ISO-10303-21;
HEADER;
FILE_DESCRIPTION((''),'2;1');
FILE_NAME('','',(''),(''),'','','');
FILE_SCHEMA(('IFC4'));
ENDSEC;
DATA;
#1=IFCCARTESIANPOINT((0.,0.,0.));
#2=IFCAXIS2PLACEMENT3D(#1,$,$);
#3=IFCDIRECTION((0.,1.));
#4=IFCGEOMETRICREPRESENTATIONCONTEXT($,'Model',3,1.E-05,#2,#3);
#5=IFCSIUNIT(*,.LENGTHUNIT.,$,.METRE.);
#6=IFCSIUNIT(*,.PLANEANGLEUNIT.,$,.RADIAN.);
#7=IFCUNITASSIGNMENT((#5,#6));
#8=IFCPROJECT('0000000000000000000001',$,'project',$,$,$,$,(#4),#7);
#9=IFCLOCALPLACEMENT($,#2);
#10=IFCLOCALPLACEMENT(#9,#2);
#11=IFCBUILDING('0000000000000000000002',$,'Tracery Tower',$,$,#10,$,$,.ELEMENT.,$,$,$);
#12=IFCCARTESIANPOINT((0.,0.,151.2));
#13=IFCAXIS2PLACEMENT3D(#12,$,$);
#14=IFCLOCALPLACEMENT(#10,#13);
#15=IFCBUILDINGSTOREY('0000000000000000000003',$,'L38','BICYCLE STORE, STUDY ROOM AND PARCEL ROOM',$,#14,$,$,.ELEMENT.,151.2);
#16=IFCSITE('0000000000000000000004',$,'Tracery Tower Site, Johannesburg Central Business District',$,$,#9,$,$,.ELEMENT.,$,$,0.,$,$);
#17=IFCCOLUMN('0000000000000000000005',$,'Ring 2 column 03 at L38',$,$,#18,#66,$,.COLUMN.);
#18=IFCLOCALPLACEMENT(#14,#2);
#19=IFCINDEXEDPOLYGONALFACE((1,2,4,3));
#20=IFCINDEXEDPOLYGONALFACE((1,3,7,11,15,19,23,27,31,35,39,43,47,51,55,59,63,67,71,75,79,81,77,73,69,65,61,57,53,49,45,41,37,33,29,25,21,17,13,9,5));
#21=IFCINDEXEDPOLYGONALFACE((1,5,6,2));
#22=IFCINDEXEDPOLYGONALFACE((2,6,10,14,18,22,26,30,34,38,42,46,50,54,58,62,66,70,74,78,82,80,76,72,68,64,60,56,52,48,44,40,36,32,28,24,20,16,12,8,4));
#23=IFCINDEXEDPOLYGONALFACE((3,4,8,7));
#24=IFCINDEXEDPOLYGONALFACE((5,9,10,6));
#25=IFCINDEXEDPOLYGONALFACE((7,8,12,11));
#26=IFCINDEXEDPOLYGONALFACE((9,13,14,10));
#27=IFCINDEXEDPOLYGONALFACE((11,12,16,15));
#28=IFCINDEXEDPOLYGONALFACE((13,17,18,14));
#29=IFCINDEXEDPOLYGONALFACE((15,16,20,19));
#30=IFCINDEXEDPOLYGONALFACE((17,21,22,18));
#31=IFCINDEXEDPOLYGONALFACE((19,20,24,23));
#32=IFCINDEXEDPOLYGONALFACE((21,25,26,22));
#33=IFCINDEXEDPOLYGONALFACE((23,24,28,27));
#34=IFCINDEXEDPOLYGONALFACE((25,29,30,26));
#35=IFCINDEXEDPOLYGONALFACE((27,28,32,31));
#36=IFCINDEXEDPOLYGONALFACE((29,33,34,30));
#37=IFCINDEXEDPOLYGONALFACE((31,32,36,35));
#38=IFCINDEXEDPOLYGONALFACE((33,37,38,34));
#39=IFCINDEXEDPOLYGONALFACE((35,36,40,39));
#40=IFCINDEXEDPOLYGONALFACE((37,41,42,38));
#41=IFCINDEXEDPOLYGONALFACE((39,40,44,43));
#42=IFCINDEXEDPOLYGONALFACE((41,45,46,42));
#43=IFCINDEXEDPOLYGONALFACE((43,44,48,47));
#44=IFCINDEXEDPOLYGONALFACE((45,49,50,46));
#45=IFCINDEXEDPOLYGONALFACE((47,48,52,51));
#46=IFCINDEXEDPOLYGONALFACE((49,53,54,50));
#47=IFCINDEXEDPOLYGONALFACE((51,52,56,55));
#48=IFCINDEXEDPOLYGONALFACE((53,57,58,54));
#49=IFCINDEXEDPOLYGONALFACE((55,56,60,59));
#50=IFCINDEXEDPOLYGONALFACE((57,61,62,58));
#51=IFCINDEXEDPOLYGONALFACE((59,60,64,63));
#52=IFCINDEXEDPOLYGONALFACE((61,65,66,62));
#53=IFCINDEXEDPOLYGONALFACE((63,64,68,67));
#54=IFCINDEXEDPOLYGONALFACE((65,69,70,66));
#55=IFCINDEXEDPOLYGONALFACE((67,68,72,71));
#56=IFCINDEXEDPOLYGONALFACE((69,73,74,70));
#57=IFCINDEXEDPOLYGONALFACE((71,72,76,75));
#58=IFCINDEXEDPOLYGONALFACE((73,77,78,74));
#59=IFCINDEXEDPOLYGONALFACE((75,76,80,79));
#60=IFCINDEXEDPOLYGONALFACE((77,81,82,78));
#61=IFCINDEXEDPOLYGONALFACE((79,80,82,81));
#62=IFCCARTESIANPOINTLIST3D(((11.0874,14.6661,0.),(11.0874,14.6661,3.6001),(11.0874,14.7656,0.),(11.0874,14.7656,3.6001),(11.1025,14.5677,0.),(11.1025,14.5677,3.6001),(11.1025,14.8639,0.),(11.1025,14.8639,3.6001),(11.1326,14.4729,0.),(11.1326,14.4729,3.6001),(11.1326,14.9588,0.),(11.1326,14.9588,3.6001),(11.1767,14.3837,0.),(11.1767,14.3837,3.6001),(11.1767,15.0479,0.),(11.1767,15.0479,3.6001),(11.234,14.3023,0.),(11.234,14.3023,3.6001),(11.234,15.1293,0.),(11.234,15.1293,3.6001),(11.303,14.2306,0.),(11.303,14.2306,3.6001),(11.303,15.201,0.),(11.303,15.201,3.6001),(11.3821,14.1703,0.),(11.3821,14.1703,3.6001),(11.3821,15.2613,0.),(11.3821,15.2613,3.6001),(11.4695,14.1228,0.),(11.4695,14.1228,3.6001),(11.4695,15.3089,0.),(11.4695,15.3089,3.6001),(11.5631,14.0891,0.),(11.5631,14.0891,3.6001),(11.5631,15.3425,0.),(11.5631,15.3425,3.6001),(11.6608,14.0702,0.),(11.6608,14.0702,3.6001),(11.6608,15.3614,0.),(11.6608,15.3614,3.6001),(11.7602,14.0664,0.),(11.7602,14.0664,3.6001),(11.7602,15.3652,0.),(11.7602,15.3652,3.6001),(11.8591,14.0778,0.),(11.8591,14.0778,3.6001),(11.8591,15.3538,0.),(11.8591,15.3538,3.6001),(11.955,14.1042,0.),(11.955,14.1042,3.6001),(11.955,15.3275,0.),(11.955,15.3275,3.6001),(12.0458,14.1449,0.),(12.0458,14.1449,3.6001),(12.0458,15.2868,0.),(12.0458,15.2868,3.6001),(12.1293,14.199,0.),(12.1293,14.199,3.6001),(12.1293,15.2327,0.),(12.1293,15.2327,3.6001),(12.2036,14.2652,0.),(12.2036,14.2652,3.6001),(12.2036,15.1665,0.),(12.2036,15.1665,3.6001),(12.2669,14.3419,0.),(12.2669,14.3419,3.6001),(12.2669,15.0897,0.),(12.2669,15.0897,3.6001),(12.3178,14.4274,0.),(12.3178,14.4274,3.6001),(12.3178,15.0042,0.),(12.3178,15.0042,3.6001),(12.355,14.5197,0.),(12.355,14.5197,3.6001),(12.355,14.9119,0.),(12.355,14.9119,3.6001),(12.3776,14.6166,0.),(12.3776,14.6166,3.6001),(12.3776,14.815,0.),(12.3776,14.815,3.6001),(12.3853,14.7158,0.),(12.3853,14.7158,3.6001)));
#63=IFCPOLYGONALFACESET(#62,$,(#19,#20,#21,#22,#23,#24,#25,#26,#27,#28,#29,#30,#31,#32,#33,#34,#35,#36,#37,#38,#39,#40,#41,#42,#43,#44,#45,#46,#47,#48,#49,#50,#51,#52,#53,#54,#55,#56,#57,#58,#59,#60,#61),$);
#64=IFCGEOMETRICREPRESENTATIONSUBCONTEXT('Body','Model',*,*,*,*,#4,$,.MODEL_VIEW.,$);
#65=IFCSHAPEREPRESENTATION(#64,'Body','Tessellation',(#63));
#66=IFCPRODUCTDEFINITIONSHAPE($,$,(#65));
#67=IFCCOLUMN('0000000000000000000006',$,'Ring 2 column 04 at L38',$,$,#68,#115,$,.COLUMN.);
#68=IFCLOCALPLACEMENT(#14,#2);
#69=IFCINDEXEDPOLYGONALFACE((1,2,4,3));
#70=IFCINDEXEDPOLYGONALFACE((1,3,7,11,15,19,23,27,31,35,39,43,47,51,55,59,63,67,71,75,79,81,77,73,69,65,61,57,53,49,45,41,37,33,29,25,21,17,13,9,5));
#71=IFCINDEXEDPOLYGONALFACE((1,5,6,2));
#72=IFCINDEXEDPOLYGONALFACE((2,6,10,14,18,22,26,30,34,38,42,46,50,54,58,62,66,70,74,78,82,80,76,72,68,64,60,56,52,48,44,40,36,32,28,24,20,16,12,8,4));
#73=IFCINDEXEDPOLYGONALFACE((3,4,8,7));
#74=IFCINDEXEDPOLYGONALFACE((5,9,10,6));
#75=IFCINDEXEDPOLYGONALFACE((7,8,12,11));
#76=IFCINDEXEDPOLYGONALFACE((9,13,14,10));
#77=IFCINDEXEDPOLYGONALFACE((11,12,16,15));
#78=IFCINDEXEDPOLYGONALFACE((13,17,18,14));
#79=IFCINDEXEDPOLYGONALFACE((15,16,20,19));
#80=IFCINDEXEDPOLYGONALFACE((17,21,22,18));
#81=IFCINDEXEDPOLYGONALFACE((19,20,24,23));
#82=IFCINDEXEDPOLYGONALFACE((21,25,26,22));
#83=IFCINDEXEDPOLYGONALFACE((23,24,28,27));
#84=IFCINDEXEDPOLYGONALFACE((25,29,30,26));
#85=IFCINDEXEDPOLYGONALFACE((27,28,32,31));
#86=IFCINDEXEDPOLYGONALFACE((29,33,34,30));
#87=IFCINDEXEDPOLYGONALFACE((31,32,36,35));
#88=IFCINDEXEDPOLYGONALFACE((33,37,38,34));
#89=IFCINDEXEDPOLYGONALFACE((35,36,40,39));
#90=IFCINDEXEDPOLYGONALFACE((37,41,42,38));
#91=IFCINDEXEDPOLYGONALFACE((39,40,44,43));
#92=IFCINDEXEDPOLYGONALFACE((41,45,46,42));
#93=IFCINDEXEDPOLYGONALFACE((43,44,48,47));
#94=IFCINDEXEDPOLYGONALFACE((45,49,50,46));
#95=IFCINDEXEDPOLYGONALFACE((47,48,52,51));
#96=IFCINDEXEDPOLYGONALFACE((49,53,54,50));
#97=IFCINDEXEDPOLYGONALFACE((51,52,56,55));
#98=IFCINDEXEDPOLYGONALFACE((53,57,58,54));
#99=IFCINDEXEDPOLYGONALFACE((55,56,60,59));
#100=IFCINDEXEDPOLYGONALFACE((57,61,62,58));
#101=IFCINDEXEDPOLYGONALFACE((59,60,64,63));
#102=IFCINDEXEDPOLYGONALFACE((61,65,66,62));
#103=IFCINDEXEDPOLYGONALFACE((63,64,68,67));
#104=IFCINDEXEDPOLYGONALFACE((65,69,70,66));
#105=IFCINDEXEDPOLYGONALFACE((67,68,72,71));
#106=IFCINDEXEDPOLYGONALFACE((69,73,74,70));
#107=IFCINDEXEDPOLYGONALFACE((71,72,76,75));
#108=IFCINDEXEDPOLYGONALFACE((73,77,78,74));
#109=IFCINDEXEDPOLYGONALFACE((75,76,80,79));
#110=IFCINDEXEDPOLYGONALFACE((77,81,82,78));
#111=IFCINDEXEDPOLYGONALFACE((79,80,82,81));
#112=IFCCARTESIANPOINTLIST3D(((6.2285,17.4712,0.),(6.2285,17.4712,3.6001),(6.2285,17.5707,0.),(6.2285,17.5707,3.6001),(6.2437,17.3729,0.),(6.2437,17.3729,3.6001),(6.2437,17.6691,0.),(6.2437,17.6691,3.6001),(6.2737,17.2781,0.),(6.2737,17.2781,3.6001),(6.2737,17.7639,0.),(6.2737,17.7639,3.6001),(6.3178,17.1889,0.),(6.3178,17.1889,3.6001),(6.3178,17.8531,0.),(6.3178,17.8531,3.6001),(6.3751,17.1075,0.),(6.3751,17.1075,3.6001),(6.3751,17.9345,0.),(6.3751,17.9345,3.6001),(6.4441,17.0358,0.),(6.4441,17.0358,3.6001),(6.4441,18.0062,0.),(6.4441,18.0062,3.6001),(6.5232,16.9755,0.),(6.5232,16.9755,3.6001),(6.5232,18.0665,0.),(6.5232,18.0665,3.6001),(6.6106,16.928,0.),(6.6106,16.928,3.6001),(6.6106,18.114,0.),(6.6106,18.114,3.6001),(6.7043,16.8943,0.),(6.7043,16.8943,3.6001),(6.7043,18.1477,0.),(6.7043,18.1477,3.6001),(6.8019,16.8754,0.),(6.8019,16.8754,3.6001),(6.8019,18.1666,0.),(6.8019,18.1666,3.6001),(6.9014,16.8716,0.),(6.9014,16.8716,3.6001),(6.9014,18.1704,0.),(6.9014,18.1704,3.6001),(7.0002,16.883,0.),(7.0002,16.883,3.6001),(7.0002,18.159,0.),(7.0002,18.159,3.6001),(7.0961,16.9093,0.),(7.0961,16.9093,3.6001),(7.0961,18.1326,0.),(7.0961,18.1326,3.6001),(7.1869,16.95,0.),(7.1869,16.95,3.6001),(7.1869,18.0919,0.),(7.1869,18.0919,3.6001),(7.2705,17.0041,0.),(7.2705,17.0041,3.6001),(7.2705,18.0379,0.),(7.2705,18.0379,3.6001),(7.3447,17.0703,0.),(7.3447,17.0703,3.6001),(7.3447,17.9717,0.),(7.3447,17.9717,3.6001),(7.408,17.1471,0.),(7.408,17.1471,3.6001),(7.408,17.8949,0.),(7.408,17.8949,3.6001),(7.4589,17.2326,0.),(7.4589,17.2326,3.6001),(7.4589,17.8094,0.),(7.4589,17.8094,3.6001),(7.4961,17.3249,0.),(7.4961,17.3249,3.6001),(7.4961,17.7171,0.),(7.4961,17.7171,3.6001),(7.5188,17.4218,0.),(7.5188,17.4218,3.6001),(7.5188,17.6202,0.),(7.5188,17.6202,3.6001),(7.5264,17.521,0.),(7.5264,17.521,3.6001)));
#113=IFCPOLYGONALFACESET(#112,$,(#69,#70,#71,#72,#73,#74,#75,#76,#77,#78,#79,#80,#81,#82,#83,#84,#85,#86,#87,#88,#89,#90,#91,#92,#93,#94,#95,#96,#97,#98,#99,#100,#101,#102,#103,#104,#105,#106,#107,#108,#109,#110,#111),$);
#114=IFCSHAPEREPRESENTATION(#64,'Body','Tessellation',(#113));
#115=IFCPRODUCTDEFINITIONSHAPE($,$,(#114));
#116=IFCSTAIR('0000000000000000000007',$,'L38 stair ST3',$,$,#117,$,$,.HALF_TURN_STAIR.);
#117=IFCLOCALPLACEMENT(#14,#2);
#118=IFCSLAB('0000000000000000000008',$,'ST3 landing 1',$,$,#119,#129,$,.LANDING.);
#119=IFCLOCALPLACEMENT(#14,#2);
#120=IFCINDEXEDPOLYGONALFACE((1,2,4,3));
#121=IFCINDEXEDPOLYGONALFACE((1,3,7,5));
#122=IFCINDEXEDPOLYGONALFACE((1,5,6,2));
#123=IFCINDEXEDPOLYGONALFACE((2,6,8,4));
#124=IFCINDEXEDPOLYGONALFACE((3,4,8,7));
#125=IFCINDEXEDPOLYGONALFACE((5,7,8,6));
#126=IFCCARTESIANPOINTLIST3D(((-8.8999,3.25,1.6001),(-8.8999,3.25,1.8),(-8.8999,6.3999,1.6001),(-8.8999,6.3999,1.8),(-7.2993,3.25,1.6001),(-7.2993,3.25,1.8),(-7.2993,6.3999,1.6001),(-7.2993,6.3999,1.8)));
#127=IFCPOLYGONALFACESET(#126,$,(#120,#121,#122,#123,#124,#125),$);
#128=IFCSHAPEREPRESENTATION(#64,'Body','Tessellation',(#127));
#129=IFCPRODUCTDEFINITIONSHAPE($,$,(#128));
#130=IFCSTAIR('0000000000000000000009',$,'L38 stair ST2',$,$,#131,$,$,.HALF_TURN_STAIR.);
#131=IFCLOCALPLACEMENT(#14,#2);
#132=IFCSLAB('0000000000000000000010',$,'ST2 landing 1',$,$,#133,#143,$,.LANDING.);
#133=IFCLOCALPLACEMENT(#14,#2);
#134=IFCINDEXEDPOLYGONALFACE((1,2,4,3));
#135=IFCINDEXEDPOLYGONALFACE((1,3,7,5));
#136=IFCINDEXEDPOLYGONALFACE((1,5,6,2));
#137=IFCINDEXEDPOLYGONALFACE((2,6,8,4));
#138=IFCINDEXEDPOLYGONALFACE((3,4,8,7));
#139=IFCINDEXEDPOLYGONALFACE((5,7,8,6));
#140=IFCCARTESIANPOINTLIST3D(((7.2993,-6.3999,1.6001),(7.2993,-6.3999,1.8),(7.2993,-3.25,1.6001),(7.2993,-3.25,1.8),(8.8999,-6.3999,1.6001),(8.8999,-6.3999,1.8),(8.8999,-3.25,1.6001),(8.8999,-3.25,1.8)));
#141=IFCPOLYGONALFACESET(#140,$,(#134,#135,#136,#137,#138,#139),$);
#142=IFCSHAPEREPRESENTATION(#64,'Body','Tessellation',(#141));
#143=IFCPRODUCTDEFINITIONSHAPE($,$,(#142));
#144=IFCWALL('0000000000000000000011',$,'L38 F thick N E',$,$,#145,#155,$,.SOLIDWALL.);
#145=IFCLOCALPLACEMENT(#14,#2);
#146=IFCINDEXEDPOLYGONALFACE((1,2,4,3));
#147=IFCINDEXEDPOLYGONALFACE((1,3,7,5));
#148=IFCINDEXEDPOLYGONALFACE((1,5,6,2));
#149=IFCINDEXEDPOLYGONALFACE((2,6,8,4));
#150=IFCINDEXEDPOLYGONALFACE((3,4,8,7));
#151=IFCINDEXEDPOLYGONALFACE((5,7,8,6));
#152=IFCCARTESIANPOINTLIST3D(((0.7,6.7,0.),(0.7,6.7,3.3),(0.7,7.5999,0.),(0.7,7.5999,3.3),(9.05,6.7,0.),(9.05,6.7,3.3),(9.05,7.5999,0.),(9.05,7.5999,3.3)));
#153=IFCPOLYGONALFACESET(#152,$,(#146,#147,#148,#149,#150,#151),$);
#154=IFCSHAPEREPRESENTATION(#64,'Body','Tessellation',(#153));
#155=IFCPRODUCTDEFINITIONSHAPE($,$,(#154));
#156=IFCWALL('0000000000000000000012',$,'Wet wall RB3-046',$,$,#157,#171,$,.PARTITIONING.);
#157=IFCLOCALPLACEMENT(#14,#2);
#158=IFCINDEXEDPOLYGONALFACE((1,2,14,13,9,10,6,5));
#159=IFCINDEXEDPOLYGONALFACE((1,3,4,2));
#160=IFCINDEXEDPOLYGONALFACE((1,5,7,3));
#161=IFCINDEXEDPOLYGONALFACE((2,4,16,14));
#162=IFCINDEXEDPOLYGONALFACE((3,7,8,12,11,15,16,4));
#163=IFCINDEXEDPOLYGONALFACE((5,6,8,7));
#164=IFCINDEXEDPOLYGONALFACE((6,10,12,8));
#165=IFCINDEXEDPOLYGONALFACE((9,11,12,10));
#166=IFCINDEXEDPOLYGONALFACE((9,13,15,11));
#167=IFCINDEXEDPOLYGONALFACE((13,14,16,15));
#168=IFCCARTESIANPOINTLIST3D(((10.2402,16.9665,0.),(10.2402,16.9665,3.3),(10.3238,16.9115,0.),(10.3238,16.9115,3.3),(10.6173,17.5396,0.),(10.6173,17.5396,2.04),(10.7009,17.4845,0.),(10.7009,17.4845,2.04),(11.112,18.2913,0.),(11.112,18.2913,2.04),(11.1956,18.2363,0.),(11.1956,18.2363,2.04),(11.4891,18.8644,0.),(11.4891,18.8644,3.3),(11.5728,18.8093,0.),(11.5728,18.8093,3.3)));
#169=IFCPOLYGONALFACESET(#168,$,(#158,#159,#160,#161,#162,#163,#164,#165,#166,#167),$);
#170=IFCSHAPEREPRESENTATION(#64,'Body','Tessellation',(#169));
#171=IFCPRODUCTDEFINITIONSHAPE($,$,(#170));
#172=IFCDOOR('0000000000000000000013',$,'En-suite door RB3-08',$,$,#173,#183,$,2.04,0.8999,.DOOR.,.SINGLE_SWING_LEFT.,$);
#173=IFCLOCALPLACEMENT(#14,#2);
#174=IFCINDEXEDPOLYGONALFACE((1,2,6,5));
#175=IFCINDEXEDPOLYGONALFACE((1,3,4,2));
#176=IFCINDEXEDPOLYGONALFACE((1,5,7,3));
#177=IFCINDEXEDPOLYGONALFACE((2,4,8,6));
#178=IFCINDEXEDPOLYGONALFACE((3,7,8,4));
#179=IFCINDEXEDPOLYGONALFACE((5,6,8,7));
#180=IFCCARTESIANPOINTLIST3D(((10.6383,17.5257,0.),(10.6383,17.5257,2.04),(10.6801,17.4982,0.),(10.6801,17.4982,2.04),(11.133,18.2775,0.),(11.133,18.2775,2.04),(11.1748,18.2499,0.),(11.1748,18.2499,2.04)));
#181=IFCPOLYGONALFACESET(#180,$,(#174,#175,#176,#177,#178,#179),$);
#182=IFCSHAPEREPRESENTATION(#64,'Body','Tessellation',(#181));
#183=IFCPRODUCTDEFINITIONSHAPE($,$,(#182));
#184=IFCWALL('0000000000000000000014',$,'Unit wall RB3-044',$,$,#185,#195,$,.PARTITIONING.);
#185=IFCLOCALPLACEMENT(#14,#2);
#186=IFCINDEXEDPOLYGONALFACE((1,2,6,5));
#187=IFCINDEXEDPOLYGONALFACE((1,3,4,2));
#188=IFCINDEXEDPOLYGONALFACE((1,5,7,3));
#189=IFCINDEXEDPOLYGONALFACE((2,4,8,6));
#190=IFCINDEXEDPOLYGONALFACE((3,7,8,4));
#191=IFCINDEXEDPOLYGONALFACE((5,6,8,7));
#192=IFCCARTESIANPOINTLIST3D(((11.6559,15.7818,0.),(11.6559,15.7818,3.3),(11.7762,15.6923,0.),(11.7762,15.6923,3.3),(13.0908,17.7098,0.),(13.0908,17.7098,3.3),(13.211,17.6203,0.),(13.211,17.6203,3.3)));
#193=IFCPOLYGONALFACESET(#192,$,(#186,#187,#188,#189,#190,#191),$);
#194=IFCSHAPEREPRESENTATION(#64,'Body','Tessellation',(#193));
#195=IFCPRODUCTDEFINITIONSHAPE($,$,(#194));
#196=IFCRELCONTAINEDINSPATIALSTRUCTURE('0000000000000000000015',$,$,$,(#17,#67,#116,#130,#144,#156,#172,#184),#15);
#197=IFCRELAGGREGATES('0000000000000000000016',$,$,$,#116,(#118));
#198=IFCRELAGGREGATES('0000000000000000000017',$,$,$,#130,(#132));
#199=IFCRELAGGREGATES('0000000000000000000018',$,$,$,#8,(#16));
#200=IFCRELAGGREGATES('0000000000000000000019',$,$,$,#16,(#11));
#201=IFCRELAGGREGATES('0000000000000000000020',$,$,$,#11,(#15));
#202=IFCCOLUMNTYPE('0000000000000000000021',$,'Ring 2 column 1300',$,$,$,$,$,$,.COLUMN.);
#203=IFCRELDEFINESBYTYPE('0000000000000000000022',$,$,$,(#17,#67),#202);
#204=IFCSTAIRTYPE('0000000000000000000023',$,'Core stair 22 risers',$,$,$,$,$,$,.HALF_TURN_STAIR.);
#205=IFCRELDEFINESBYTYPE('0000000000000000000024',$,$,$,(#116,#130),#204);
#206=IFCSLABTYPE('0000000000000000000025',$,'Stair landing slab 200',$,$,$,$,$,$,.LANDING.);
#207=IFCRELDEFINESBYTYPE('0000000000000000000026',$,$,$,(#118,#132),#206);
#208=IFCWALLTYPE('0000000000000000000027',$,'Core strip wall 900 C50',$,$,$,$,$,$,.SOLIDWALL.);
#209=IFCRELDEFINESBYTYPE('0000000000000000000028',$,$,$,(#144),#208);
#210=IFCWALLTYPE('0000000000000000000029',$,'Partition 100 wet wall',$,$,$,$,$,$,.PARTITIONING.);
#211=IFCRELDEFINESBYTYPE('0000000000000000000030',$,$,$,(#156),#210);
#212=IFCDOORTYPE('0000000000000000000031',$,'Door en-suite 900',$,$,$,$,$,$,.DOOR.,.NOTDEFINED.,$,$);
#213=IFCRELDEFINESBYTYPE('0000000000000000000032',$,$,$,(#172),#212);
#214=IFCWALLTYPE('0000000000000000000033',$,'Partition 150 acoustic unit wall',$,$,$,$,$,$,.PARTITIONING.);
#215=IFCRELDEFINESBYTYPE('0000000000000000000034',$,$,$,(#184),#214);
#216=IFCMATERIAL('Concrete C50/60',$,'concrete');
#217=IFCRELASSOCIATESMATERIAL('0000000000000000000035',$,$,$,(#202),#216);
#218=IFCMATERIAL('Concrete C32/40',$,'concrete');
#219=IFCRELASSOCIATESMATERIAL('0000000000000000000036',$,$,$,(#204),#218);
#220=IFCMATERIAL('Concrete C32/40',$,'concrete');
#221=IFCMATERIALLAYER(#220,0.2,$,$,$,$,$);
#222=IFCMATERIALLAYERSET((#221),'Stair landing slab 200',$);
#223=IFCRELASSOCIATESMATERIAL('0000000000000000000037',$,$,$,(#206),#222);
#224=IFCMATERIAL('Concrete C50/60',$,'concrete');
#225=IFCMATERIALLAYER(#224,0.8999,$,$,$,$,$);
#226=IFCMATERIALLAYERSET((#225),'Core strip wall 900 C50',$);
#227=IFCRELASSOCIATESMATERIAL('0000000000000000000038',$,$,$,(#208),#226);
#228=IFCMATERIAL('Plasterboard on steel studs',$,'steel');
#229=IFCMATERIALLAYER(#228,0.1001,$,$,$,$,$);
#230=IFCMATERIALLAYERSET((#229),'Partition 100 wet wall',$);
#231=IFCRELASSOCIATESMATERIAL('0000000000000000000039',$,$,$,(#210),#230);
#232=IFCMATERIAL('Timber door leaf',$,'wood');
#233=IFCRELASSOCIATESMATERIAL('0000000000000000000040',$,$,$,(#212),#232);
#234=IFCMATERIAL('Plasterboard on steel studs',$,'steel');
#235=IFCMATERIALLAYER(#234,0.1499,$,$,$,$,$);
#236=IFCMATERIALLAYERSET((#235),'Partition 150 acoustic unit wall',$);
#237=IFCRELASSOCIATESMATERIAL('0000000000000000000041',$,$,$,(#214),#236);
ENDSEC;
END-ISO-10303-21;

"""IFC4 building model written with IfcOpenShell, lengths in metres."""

from ifc_helpers import new_model, si_unit, direction, frame, frame_2d, origin, origin_2d, place, context, subcontext, project, spatial, polyline, rectangle, circle, outline, extrude, material, layer, layer_set, material_profile, profile_set, type_object, element, fill, aggregate, save


model = new_model("IFC4")

# Units and contexts
model_context = context("Model", 3, precision=1e-05, world=origin(), true_north=direction((0.0, 1.0)))
body_context = subcontext(model_context, "Body", "Model", "MODEL_VIEW")
ifc_project = project(units=[si_unit("LENGTHUNIT", "METRE"), si_unit("PLANEANGLEUNIT", "RADIAN")], contexts=[model_context])

# Site, building, storey
site_placement = place(None, origin())
site = spatial("IfcSite", under=ifc_project, at=site_placement, Name="Tracery Tower Site, Johannesburg Central Business District", CompositionType="ELEMENT", RefElevation=0.0)
building_placement = place(site_placement, origin())
building = spatial("IfcBuilding", under=site, at=building_placement, Name="Tracery Tower", CompositionType="ELEMENT")
storey_placement = place(building_placement, frame((0.0, 0.0, 151.2)))
storey = spatial("IfcBuildingStorey", under=building, at=storey_placement, Name="L38", Description="BICYCLE STORE, STUDY ROOM AND PARCEL ROOM", CompositionType="ELEMENT", Elevation=151.2)

# Columns
ifc_material_1 = material(Name="Concrete C50/60", Category="concrete")
ifc_material_profile = material_profile(ifc_material_1, circle(Radius=0.6499, at=origin_2d()), Name="RC D1300")
ifc_profile_set = profile_set([ifc_material_profile], Name="Concrete C50/60")
column_type = type_object("IfcColumnType", Name="Ring 2 column 1300", PredefinedType="COLUMN", material=ifc_profile_set)
for number, where, z_axis, x_axis, name in (
    (1, (11.7354, 14.7158, 0.0), (0.0, 0.0, 1.0), (1.0, 0.0, 0.0), "Ring 2 column 03 at L38"),
    (2, (6.8765, 17.521, 0.0), (0.0, 0.0, 1.0), (1.0, 0.0, 0.0), "Ring 2 column 04 at L38"),
):
    element("IfcColumn", number, at=place(storey_placement, frame(where, z_axis=z_axis, x_axis=x_axis)), inside=storey, type_object=column_type, Name=name, PredefinedType="COLUMN", context=body_context, shape_type="SweptSolid", body=[
        extrude(circle(Radius=0.6499, at=origin_2d()), origin(), (0.0, 0.0, 1.0), 3.6001),
    ])

# Stairs, slabs
ifc_material_2 = material(Name="Concrete C32/40", Category="concrete")
stair_type = type_object("IfcStairType", Name="Core stair 22 risers", PredefinedType="HALF_TURN_STAIR", material=ifc_material_2)
stair_1_placement = place(storey_placement, origin())
stair_1 = element("IfcStair", 3, at=stair_1_placement, inside=storey, type_object=stair_type, Name="L38 stair ST3", PredefinedType="HALF_TURN_STAIR")
ifc_material_3 = material(Name="Concrete C32/40", Category="concrete")
ifc_layer_1 = layer(ifc_material_3, 0.2)
ifc_layer_set_1 = layer_set([ifc_layer_1], Name="Stair landing slab 200")
slab_type = type_object("IfcSlabType", Name="Stair landing slab 200", PredefinedType="LANDING", material=ifc_layer_set_1)
slab_1_placement = place(storey_placement, frame((0.0, 0.0, 1.6001)))
slab_1 = element("IfcSlab", 4, at=slab_1_placement, type_object=slab_type, Name="ST3 landing 1", PredefinedType="LANDING", context=body_context, shape_type="SweptSolid", body=[
    extrude(outline(polyline([(-7.2993, 6.3999), (-8.8999, 6.3999), (-8.8999, 3.25), (-7.2993, 3.25), (-7.2993, 6.3999)])), origin(), (0.0, 0.0, 1.0), 0.2),
])
aggregate(stair_1, [slab_1])
stair_2_placement = place(storey_placement, origin())
stair_2 = element("IfcStair", 5, at=stair_2_placement, inside=storey, type_object=stair_type, Name="L38 stair ST2", PredefinedType="HALF_TURN_STAIR")
slab_2_placement = place(storey_placement, frame((0.0, 0.0, 1.6001)))
slab_2 = element("IfcSlab", 6, at=slab_2_placement, type_object=slab_type, Name="ST2 landing 1", PredefinedType="LANDING", context=body_context, shape_type="SweptSolid", body=[
    extrude(outline(polyline([(7.2993, -6.3999), (8.8999, -6.3999), (8.8999, -3.25), (7.2993, -3.25), (7.2993, -6.3999)])), origin(), (0.0, 0.0, 1.0), 0.2),
])
aggregate(stair_2, [slab_2])

# Wall
ifc_material_4 = material(Name="Concrete C50/60", Category="concrete")
ifc_layer_2 = layer(ifc_material_4, 0.8999)
ifc_layer_set_2 = layer_set([ifc_layer_2], Name="Core strip wall 900 C50")
wall_type_1 = type_object("IfcWallType", Name="Core strip wall 900 C50", PredefinedType="SOLIDWALL", material=ifc_layer_set_2)
wall_1_placement = place(storey_placement, frame((0.7, 7.1499, 0.0), z_axis=(0.0, 0.0, 1.0), x_axis=(1.0, 0.0, 0.0)))
element("IfcWall", 7, at=wall_1_placement, inside=storey, type_object=wall_type_1, Name="L38 F thick N E", PredefinedType="SOLIDWALL", context=body_context, shape_type="SweptSolid", body=[
    extrude(rectangle(XDim=8.3501, YDim=0.8999, at=frame_2d((4.175, 0.0))), origin(), (0.0, 0.0, 1.0), 3.3),
])

# Wall, opening, door
ifc_material_5 = material(Name="Plasterboard on steel studs", Category="steel")
ifc_layer_3 = layer(ifc_material_5, 0.1001)
ifc_layer_set_3 = layer_set([ifc_layer_3], Name="Partition 100 wet wall")
wall_type_2 = type_object("IfcWallType", Name="Partition 100 wet wall", PredefinedType="PARTITIONING", material=ifc_layer_set_3)
wall_2_placement = place(storey_placement, frame((10.282, 16.939, 0.0), z_axis=(0.0, 0.0, 1.0), x_axis=(0.549731, 0.835342, 0.0)))
wall_2 = element("IfcWall", 8, at=wall_2_placement, inside=storey, type_object=wall_type_2, Name="Wet wall RB3-046", PredefinedType="PARTITIONING", context=body_context, shape_type="SweptSolid", body=[
    extrude(rectangle(XDim=2.272, YDim=0.1001, at=frame_2d((1.136, 0.0))), origin(), (0.0, 0.0, 1.0), 3.3),
])
opening_1_placement = place(wall_2_placement, frame((0.686, 0.0, 0.0)))
opening_1 = element("IfcOpeningElement", 9, at=opening_1_placement, cuts=wall_2, PredefinedType="OPENING", context=body_context, shape_type="SweptSolid", body=[
    extrude(rectangle(XDim=0.8999, YDim=2.04, at=frame_2d((0.45, 1.02))), frame((0.0, 0.05, 0.0), z_axis=(0.0, -1.0, 0.0), x_axis=(1.0, 0.0, 0.0)), (0.0, 0.0, 1.0), 0.1001),
])
ifc_material_6 = material(Name="Timber door leaf", Category="wood")
door_type_1 = type_object("IfcDoorType", Name="Door en-suite 900", OperationType="NOTDEFINED", PredefinedType="DOOR", material=ifc_material_6)
door_1_placement = place(opening_1_placement, origin())
door_1 = element("IfcDoor", 10, at=door_1_placement, inside=storey, type_object=door_type_1, Name="En-suite door RB3-08", OperationType="SINGLE_SWING_LEFT", OverallHeight=2.04, OverallWidth=0.8999, PredefinedType="DOOR", context=body_context, shape_type="SweptSolid", body=[
    extrude(rectangle(XDim=0.8999, YDim=2.04, at=frame_2d((0.45, 1.02))), frame((0.0, 0.0249, 0.0), z_axis=(0.0, -1.0, 0.0), x_axis=(1.0, 0.0, 0.0)), (0.0, 0.0, 1.0), 0.05),
])
fill(opening_1, door_1)

# Wall
ifc_material_7 = material(Name="Plasterboard on steel studs", Category="steel")
ifc_layer_4 = layer(ifc_material_7, 0.1499)
ifc_layer_set_4 = layer_set([ifc_layer_4], Name="Partition 150 acoustic unit wall")
wall_type_3 = type_object("IfcWallType", Name="Partition 150 acoustic unit wall", PredefinedType="PARTITIONING", material=ifc_layer_set_4)
wall_3_placement = place(storey_placement, frame((11.7161, 15.7371, 0.0), z_axis=(0.0, 0.0, 1.0), x_axis=(0.597021, 0.802225, 0.0)))
element("IfcWall", 11, at=wall_3_placement, inside=storey, type_object=wall_type_3, Name="Unit wall RB3-044", PredefinedType="PARTITIONING", context=body_context, shape_type="SweptSolid", body=[
    extrude(rectangle(XDim=2.4033, YDim=0.1499, at=frame_2d((1.2017, 0.0))), origin(), (0.0, 0.0, 1.0), 3.3),
])

save(model, "model.ifc")
